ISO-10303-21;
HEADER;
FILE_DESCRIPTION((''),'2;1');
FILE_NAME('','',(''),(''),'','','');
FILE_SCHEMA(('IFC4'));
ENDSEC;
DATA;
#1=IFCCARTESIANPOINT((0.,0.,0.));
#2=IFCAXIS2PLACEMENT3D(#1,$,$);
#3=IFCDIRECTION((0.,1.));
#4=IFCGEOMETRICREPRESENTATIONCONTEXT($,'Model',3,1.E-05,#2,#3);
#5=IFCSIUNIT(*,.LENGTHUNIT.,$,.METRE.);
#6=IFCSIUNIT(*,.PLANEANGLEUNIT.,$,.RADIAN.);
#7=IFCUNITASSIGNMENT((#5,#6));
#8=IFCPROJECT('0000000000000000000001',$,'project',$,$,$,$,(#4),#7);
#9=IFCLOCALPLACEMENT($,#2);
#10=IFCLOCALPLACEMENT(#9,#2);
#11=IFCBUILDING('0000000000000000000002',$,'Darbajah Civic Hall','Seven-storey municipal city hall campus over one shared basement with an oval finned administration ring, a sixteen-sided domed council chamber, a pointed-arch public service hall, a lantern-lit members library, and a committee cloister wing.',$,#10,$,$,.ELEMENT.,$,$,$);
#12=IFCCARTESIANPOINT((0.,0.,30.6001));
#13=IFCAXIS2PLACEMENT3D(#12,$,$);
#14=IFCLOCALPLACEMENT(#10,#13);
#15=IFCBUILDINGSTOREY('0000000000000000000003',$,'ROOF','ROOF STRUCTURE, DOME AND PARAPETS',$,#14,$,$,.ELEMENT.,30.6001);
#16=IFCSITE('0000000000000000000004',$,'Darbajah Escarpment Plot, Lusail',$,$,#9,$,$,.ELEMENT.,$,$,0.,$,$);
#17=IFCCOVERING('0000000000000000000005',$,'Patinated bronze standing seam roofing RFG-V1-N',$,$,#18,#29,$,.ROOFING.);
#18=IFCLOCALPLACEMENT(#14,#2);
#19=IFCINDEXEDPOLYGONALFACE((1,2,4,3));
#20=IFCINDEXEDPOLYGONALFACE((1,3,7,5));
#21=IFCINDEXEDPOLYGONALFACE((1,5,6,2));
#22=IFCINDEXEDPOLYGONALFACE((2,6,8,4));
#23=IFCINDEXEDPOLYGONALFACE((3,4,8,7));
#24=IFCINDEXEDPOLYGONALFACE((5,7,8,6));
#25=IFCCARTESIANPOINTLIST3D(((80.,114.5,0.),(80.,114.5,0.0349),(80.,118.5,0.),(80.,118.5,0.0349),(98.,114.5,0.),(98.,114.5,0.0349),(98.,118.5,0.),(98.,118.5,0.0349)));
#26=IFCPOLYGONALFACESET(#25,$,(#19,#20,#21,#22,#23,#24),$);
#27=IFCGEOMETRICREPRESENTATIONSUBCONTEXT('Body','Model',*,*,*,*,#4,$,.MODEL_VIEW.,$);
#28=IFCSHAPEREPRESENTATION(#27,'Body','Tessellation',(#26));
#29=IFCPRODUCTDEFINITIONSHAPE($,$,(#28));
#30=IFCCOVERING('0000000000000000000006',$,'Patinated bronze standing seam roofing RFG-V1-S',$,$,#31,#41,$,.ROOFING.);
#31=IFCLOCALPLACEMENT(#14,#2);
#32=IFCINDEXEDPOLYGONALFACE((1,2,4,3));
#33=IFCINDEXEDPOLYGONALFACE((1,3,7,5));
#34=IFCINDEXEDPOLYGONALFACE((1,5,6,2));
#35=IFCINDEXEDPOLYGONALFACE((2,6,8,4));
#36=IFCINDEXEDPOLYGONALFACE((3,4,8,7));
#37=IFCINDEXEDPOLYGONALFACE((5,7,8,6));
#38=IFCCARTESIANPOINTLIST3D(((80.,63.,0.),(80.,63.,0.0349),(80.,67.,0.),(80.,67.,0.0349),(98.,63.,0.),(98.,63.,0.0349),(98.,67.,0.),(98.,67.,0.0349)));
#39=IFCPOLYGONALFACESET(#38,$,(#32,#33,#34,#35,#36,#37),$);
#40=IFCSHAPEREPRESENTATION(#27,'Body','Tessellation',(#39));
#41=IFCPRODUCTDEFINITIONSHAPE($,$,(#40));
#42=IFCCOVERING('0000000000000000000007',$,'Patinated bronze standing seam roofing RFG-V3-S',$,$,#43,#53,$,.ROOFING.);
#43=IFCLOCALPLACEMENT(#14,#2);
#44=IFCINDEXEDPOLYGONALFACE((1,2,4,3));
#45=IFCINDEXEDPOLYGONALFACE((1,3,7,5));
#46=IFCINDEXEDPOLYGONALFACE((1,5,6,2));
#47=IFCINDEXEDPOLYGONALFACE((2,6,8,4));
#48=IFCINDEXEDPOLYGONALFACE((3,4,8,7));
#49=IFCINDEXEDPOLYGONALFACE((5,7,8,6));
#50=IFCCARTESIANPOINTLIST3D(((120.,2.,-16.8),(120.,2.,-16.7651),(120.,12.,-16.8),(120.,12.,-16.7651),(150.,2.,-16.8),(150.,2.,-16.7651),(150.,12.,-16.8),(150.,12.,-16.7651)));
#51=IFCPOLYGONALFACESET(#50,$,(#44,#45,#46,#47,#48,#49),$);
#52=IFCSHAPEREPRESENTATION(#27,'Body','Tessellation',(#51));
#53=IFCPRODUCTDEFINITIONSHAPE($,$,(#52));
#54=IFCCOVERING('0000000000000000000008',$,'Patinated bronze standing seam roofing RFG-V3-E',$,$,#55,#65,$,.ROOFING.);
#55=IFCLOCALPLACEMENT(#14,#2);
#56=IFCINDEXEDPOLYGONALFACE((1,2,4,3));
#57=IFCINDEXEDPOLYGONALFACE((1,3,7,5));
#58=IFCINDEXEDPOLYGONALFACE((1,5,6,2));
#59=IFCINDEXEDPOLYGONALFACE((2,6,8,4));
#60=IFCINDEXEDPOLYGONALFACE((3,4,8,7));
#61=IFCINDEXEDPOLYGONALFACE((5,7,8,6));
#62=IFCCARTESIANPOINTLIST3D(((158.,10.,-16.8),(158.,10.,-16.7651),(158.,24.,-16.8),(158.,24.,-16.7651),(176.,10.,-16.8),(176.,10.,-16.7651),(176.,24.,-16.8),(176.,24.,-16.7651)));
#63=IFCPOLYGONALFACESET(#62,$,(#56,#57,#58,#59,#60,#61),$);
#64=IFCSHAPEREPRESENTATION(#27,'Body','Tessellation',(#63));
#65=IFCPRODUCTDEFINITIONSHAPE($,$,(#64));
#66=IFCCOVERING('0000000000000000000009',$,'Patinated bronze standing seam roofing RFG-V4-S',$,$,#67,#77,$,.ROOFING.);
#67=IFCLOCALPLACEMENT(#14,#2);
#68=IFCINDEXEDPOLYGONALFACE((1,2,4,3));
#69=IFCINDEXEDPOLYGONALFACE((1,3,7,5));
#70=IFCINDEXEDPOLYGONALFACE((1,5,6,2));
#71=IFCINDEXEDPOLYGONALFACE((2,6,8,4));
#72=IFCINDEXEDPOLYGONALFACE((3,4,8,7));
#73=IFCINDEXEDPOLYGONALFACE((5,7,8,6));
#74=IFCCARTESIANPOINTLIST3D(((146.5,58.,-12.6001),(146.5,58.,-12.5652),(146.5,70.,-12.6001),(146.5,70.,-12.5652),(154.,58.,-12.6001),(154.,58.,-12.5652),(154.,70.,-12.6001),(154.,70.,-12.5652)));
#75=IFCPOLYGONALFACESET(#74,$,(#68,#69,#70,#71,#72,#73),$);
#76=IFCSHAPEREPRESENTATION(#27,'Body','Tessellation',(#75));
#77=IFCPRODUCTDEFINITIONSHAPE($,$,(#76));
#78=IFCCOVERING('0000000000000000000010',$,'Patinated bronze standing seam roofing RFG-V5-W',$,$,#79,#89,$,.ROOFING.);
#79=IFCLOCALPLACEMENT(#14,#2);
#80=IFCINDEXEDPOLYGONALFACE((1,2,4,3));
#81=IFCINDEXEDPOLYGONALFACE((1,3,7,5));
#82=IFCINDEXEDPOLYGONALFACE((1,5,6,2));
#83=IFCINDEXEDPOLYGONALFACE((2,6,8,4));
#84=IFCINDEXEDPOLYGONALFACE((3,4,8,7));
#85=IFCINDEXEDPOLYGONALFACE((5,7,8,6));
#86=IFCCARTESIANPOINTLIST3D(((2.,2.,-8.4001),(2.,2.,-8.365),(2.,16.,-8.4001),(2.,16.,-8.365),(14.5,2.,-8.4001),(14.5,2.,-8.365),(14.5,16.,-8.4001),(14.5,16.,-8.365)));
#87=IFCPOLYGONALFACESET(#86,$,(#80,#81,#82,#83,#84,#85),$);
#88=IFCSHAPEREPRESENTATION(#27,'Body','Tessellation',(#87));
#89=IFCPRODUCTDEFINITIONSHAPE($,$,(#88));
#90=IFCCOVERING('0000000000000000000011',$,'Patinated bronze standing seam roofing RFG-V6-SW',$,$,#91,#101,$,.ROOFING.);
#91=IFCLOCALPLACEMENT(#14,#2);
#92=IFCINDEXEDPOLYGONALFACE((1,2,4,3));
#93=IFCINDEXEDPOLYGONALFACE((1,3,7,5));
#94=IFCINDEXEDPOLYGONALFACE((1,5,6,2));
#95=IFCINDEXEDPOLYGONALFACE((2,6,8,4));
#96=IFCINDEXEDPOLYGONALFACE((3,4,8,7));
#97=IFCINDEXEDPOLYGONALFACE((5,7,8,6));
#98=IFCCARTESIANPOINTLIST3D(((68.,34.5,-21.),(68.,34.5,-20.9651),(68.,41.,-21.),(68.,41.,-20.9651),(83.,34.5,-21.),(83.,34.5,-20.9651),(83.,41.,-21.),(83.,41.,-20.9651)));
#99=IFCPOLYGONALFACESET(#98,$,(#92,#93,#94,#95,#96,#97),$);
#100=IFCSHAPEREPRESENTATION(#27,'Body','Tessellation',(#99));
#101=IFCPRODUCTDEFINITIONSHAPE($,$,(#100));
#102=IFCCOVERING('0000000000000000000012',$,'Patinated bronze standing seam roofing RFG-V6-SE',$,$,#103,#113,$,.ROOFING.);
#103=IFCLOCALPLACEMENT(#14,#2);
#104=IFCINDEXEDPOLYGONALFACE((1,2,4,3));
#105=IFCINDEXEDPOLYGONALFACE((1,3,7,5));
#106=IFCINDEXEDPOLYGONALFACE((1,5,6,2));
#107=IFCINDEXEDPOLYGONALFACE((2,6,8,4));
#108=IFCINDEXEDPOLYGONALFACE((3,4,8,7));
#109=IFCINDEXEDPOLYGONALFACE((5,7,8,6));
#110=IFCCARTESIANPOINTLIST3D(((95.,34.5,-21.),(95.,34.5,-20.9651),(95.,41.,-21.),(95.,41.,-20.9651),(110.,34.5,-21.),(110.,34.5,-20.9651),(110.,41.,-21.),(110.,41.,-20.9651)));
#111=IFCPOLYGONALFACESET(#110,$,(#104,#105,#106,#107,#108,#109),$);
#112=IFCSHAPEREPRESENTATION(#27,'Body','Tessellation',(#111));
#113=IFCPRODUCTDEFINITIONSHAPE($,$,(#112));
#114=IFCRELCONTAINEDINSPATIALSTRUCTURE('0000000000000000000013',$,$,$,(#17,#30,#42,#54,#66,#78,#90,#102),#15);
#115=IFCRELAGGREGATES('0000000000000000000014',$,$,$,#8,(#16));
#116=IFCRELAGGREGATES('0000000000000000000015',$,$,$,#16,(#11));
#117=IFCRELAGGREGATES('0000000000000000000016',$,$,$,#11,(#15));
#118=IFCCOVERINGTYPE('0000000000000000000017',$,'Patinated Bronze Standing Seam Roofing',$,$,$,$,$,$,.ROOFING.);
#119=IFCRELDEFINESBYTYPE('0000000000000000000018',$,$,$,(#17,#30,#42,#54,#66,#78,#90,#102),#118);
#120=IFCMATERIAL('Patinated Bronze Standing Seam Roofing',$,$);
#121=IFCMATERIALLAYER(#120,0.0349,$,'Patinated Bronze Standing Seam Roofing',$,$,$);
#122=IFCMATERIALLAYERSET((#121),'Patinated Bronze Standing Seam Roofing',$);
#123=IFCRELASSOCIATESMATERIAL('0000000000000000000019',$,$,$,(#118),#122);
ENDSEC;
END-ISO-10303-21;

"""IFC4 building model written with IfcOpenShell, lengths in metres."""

from ifc_helpers import new_model, si_unit, direction, frame, origin, place, context, subcontext, project, spatial, polyline, outline, extrude, material, layer, layer_set, type_object, element, save


model = new_model("IFC4")

# Units and contexts
model_context = context("Model", 3, precision=1e-05, world=origin(), true_north=direction((0.0, 1.0)))
body_context = subcontext(model_context, "Body", "Model", "MODEL_VIEW")
ifc_project = project(units=[si_unit("LENGTHUNIT", "METRE"), si_unit("PLANEANGLEUNIT", "RADIAN")], contexts=[model_context])

# Site, building, storey
site_placement = place(None, origin())
site = spatial("IfcSite", under=ifc_project, at=site_placement, Name="Darbajah Escarpment Plot, Lusail", CompositionType="ELEMENT", RefElevation=0.0)
building_placement = place(site_placement, origin())
building = spatial("IfcBuilding", under=site, at=building_placement, Name="Darbajah Civic Hall", Description="Seven-storey municipal city hall campus over one shared basement with an oval finned administration ring, a sixteen-sided domed council chamber, a pointed-arch public service hall, a lantern-lit members library, and a committee cloister wing.", CompositionType="ELEMENT")
storey_placement = place(building_placement, frame((0.0, 0.0, 30.6001)))
storey = spatial("IfcBuildingStorey", under=building, at=storey_placement, Name="ROOF", Description="ROOF STRUCTURE, DOME AND PARAPETS", CompositionType="ELEMENT", Elevation=30.6001)

# Coverings
ifc_material_1 = material(Name="Patinated Bronze Standing Seam Roofing")
ifc_layer_1 = layer(ifc_material_1, 0.0349, Name="Patinated Bronze Standing Seam Roofing")
ifc_layer_set_1 = layer_set([ifc_layer_1], Name="Patinated Bronze Standing Seam Roofing")
covering_type = type_object("IfcCoveringType", Name="Patinated Bronze Standing Seam Roofing", PredefinedType="ROOFING", material=ifc_layer_set_1)
covering_1_placement = place(storey_placement, origin())
element("IfcCovering", 1, at=covering_1_placement, inside=storey, type_object=covering_type, Name="Patinated bronze standing seam roofing RFG-V1-N", PredefinedType="ROOFING", context=body_context, shape_type="SweptSolid", body=[
    extrude(outline(polyline([(80.0, 114.5), (98.0, 114.5), (98.0, 118.5), (80.0, 118.5), (80.0, 114.5)])), origin(), (0.0, 0.0, 1.0), 0.0349),
])
covering_2_placement = place(storey_placement, origin())
element("IfcCovering", 2, at=covering_2_placement, inside=storey, type_object=covering_type, Name="Patinated bronze standing seam roofing RFG-V1-S", PredefinedType="ROOFING", context=body_context, shape_type="SweptSolid", body=[
    extrude(outline(polyline([(80.0, 63.0), (98.0, 63.0), (98.0, 67.0), (80.0, 67.0), (80.0, 63.0)])), origin(), (0.0, 0.0, 1.0), 0.0349),
])
covering_3_placement = place(storey_placement, frame((0.0, 0.0, -16.8)))
element("IfcCovering", 3, at=covering_3_placement, inside=storey, type_object=covering_type, Name="Patinated bronze standing seam roofing RFG-V3-S", PredefinedType="ROOFING", context=body_context, shape_type="SweptSolid", body=[
    extrude(outline(polyline([(120.0, 2.0), (150.0, 2.0), (150.0, 12.0), (120.0, 12.0), (120.0, 2.0)])), origin(), (0.0, 0.0, 1.0), 0.0349),
])
covering_4_placement = place(storey_placement, frame((0.0, 0.0, -16.8)))
element("IfcCovering", 4, at=covering_4_placement, inside=storey, type_object=covering_type, Name="Patinated bronze standing seam roofing RFG-V3-E", PredefinedType="ROOFING", context=body_context, shape_type="SweptSolid", body=[
    extrude(outline(polyline([(158.0, 10.0), (176.0, 10.0), (176.0, 24.0), (158.0, 24.0), (158.0, 10.0)])), origin(), (0.0, 0.0, 1.0), 0.0349),
])
covering_5_placement = place(storey_placement, frame((0.0, 0.0, -12.6001)))
element("IfcCovering", 5, at=covering_5_placement, inside=storey, type_object=covering_type, Name="Patinated bronze standing seam roofing RFG-V4-S", PredefinedType="ROOFING", context=body_context, shape_type="SweptSolid", body=[
    extrude(outline(polyline([(146.5, 58.0), (154.0, 58.0), (154.0, 70.0), (146.5, 70.0), (146.5, 58.0)])), origin(), (0.0, 0.0, 1.0), 0.0349),
])
covering_6_placement = place(storey_placement, frame((0.0, 0.0, -8.4001)))
element("IfcCovering", 6, at=covering_6_placement, inside=storey, type_object=covering_type, Name="Patinated bronze standing seam roofing RFG-V5-W", PredefinedType="ROOFING", context=body_context, shape_type="SweptSolid", body=[
    extrude(outline(polyline([(2.0, 2.0), (14.5, 2.0), (14.5, 16.0), (2.0, 16.0), (2.0, 2.0)])), origin(), (0.0, 0.0, 1.0), 0.0352),
])
covering_7_placement = place(storey_placement, frame((0.0, 0.0, -21.0)))
element("IfcCovering", 7, at=covering_7_placement, inside=storey, type_object=covering_type, Name="Patinated bronze standing seam roofing RFG-V6-SW", PredefinedType="ROOFING", context=body_context, shape_type="SweptSolid", body=[
    extrude(outline(polyline([(68.0, 34.5), (83.0, 34.5), (83.0, 41.0), (68.0, 41.0), (68.0, 34.5)])), origin(), (0.0, 0.0, 1.0), 0.0349),
])
covering_8_placement = place(storey_placement, frame((0.0, 0.0, -21.0)))
element("IfcCovering", 8, at=covering_8_placement, inside=storey, type_object=covering_type, Name="Patinated bronze standing seam roofing RFG-V6-SE", PredefinedType="ROOFING", context=body_context, shape_type="SweptSolid", body=[
    extrude(outline(polyline([(95.0, 34.5), (110.0, 34.5), (110.0, 41.0), (95.0, 41.0), (95.0, 34.5)])), origin(), (0.0, 0.0, 1.0), 0.0349),
])

save(model, "model.ifc")
